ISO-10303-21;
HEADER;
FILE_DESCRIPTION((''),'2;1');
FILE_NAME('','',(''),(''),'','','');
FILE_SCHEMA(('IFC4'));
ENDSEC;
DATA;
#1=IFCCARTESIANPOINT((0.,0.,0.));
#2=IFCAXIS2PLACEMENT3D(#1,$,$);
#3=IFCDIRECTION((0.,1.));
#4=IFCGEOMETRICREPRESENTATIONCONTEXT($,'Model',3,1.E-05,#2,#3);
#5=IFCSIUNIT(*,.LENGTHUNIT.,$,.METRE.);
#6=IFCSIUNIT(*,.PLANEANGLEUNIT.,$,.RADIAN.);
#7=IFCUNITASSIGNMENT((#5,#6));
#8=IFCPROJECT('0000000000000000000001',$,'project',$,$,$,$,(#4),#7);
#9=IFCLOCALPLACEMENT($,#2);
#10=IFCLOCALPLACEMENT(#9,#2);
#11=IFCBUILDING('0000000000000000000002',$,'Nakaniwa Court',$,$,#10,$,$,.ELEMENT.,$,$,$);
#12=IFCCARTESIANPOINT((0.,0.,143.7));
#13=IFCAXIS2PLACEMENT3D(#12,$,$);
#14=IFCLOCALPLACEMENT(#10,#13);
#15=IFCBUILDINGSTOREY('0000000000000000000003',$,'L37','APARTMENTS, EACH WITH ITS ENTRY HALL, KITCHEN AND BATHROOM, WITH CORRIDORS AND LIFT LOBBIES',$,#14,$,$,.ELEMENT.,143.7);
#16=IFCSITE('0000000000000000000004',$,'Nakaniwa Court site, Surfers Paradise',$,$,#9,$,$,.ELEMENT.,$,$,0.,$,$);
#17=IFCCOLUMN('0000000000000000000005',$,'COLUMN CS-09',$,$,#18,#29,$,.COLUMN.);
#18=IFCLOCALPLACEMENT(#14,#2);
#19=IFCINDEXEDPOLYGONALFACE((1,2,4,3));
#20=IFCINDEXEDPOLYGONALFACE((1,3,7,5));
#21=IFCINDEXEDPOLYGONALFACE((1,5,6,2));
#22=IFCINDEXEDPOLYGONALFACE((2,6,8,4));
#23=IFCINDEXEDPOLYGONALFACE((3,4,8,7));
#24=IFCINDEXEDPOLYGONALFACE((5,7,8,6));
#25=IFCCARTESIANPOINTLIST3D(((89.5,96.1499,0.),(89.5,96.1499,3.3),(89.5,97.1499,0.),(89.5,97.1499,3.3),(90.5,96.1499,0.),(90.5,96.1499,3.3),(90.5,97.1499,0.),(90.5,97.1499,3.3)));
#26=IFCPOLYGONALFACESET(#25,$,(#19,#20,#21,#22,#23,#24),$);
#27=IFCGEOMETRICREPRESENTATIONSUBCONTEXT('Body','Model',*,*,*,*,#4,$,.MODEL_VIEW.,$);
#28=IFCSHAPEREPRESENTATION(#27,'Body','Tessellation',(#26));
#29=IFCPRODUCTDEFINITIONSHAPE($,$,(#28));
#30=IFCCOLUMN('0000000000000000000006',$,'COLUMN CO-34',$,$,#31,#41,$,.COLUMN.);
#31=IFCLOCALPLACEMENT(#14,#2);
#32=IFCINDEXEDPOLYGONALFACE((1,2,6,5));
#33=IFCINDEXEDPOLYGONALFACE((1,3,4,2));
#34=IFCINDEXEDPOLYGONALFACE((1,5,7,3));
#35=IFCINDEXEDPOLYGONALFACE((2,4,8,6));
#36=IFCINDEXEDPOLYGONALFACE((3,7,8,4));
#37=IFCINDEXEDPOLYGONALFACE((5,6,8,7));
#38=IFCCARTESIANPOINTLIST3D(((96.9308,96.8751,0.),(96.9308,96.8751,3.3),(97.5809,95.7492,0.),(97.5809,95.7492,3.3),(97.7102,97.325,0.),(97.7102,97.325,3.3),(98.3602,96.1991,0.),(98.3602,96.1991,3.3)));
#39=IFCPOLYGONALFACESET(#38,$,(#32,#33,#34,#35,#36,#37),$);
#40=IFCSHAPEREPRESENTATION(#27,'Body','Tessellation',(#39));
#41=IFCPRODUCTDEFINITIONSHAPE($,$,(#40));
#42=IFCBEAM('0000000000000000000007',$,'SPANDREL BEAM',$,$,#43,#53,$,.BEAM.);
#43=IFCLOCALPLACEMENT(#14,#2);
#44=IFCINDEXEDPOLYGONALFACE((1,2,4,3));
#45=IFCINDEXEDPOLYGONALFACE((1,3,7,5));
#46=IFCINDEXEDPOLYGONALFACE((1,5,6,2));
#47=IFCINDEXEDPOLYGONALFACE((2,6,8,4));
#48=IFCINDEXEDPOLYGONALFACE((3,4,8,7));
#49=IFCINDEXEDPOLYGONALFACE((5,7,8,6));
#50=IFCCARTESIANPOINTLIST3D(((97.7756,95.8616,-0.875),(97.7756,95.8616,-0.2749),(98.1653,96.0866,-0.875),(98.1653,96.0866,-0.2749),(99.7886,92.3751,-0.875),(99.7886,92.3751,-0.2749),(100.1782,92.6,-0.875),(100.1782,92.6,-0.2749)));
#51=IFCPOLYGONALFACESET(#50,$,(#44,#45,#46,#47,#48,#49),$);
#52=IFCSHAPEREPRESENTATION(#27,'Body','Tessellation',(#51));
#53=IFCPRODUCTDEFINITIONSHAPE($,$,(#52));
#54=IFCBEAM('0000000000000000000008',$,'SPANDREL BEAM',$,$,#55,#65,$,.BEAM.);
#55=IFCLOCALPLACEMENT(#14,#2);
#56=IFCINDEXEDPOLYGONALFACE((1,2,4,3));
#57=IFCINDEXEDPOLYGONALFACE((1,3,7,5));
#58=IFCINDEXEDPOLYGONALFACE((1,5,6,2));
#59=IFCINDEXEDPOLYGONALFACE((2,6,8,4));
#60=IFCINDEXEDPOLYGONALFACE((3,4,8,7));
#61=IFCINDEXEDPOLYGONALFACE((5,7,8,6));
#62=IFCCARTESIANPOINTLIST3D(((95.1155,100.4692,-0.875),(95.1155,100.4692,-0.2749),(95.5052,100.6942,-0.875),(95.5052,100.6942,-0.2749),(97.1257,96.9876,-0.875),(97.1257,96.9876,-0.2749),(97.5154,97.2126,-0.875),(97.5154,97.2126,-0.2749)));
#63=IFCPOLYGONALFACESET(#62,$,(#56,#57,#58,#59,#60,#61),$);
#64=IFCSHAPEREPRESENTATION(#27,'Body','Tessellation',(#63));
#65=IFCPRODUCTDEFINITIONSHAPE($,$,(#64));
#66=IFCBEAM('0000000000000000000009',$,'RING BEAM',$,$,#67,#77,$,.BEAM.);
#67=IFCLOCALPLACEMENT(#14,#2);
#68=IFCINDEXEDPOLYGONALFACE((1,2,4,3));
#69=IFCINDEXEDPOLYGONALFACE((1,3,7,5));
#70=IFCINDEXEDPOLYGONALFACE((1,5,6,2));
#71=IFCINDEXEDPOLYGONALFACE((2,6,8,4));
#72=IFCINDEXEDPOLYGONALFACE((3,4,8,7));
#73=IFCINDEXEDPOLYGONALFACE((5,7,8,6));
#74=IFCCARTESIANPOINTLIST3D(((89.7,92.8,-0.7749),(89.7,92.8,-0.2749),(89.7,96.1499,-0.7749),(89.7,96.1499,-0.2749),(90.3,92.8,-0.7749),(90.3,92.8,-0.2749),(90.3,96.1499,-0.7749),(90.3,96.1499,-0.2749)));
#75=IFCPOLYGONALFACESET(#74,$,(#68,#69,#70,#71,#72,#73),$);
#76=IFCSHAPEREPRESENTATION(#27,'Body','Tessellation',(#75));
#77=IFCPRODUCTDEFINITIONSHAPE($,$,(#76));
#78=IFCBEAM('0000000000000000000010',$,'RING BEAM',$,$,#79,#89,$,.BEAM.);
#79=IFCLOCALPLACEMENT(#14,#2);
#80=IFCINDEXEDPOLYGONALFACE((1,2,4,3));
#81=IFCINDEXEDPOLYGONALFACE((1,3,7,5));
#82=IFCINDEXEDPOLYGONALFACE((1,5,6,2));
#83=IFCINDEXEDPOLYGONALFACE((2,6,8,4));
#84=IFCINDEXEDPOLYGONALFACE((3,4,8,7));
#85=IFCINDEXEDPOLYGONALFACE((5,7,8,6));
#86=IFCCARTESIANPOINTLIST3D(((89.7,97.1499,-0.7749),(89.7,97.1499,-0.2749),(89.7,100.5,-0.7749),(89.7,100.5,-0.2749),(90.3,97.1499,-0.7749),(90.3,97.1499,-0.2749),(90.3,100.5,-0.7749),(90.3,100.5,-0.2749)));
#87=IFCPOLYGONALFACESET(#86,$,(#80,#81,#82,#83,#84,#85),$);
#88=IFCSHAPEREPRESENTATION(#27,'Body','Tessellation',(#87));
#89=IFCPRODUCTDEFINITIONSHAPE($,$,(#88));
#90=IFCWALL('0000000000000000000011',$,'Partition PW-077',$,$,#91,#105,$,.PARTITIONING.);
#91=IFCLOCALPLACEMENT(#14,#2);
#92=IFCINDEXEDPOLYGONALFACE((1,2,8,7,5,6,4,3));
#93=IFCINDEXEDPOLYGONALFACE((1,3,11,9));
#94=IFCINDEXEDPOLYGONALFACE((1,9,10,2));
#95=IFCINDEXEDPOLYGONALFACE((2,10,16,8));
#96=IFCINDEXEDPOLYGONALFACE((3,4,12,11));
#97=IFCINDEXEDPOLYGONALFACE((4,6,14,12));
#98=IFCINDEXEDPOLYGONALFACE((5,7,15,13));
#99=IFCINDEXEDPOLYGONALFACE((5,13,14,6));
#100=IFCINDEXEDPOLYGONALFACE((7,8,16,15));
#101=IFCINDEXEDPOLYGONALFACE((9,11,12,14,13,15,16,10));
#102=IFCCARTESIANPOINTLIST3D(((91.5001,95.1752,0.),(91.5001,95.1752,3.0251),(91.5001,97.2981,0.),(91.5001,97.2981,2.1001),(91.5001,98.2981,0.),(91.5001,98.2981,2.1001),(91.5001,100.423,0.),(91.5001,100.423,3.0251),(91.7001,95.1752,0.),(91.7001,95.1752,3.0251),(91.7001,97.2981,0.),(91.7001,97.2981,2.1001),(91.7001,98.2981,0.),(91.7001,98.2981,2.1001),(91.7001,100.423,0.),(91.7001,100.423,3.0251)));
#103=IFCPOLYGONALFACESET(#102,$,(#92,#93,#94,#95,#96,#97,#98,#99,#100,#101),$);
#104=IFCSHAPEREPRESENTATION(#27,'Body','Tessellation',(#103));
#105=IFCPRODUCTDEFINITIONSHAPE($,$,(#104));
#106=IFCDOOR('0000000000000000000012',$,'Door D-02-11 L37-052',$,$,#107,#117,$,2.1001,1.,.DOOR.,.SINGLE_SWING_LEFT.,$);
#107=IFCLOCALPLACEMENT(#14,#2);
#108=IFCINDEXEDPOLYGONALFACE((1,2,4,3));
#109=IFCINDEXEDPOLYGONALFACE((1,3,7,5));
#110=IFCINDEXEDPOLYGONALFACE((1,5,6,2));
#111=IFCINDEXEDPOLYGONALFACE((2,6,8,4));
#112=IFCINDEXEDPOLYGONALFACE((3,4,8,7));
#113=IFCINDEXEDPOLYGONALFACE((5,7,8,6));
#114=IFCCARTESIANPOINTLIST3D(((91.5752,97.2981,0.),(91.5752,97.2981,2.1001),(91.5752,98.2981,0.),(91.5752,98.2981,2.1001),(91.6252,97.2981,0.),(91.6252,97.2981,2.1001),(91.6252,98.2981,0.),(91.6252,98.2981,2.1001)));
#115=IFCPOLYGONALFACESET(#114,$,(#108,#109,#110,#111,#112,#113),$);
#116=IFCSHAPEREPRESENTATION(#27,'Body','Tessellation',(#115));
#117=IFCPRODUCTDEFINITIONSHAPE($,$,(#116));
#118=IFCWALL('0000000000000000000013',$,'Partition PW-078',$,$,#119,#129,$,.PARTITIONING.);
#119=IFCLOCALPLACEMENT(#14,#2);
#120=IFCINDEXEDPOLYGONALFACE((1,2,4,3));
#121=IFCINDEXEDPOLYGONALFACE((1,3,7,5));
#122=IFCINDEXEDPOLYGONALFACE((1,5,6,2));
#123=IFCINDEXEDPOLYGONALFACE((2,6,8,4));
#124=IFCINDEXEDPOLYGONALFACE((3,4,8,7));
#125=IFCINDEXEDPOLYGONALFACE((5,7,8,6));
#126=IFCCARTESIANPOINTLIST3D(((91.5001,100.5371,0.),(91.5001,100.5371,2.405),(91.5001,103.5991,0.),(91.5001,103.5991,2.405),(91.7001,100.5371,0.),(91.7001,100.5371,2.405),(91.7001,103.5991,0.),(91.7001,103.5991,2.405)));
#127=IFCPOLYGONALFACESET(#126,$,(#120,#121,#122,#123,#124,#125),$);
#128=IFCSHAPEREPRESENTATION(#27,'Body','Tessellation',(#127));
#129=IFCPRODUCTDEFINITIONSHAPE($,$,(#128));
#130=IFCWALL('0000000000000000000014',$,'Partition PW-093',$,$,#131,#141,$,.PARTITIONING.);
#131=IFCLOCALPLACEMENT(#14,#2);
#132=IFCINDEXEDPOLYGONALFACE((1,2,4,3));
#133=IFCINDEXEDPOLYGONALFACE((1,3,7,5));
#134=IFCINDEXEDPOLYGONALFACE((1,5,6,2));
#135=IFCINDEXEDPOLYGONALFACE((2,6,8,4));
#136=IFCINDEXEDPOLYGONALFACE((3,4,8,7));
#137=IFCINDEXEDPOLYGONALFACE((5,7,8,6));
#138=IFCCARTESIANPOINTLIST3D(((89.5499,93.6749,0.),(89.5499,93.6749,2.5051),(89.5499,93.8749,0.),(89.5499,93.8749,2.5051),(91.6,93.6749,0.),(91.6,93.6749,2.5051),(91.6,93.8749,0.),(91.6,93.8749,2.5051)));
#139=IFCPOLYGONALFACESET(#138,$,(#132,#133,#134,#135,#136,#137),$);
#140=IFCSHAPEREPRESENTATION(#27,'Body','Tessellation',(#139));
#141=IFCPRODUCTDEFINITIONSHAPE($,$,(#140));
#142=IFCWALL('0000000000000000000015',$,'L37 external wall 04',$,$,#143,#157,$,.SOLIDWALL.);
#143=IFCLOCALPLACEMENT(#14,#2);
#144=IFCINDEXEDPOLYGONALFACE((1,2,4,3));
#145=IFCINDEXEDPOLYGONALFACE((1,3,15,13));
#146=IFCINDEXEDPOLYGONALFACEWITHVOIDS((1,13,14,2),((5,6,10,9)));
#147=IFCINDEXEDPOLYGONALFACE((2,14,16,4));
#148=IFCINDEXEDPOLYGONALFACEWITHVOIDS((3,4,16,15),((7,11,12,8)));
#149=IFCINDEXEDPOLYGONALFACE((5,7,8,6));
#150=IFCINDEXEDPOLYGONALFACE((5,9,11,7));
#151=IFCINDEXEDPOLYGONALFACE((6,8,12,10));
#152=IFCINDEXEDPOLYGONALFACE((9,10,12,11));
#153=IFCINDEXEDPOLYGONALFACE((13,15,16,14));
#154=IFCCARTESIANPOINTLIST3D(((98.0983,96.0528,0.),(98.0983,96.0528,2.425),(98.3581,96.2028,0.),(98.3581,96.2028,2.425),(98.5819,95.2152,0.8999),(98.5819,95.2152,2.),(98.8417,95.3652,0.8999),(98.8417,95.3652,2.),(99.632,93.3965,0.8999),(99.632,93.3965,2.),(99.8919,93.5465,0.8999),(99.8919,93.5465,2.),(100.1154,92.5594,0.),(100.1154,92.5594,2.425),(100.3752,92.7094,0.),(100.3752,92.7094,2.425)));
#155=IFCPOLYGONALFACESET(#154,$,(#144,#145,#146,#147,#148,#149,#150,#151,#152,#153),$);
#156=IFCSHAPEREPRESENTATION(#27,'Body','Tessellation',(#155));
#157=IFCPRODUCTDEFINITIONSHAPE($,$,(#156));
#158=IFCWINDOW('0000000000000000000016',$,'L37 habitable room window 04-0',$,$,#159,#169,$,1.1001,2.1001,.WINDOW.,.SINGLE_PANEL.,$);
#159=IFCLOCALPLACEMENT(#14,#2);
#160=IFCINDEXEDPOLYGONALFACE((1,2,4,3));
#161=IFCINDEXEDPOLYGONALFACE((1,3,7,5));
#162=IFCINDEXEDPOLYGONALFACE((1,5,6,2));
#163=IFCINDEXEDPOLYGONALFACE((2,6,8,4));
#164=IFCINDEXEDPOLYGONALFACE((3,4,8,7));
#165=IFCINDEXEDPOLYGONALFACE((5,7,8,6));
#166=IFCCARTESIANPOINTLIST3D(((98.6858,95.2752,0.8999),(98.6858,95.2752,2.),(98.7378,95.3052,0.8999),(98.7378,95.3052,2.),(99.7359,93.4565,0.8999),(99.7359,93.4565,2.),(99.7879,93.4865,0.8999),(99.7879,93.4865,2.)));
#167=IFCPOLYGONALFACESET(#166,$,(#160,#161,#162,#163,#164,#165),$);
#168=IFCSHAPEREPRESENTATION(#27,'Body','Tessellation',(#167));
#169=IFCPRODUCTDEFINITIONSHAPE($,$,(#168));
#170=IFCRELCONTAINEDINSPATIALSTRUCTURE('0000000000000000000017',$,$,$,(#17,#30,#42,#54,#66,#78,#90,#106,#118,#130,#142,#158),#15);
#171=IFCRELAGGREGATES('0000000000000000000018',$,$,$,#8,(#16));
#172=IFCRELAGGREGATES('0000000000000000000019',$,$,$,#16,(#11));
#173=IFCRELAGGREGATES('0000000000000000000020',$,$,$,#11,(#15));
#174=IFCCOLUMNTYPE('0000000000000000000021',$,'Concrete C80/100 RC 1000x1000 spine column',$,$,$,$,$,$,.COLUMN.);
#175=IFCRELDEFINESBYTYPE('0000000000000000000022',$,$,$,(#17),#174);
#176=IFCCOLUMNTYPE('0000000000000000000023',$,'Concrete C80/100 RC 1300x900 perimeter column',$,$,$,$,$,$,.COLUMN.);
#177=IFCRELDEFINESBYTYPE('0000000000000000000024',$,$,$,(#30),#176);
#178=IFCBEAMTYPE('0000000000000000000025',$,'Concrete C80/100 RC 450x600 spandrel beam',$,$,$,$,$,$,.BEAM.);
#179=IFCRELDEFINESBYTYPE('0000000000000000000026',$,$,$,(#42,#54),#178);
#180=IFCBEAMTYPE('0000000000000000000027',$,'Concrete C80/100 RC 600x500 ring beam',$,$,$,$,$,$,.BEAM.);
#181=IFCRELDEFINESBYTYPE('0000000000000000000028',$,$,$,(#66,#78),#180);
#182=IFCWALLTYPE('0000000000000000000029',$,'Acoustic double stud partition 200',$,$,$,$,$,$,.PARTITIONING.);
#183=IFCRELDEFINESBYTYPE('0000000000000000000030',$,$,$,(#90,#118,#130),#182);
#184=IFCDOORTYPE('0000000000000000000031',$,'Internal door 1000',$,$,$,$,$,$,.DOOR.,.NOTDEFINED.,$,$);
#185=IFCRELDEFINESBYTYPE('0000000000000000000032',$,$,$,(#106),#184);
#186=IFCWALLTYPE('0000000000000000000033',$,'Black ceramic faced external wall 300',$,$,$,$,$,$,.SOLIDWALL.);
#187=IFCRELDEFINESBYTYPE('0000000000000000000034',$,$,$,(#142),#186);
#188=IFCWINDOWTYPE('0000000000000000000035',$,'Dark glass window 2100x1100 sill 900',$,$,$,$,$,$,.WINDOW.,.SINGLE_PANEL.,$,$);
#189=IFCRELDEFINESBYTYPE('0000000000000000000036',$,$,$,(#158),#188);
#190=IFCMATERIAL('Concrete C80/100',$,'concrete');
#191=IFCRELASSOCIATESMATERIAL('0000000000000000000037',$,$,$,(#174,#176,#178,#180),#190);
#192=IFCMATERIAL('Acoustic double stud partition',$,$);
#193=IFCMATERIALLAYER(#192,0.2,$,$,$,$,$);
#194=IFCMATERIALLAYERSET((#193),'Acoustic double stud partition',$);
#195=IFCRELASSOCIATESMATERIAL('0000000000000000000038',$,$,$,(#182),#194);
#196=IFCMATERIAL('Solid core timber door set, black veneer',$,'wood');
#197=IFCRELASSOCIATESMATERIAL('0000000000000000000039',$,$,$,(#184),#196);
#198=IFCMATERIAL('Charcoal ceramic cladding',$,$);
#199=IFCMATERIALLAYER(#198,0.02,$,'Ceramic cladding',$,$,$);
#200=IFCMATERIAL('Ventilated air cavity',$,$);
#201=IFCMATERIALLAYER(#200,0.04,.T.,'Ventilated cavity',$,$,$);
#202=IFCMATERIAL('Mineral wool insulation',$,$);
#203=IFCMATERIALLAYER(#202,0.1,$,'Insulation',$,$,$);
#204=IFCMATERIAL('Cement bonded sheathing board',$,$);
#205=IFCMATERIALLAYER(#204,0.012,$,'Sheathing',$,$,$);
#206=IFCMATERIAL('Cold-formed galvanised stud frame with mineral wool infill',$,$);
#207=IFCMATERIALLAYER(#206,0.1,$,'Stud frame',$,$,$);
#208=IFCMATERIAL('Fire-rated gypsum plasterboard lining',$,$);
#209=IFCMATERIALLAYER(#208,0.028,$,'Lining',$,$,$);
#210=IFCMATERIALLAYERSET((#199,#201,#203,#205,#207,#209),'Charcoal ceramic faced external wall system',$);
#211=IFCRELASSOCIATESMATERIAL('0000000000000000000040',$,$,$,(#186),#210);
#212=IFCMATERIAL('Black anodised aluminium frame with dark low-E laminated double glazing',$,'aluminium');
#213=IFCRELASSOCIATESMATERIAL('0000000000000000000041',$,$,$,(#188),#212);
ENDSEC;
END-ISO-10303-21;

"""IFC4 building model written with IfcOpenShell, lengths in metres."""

from ifc_helpers import new_model, si_unit, direction, frame, frame_2d, origin, origin_2d, place, context, subcontext, project, spatial, rectangle, extrude, material, layer, layer_set, material_profile, profile_set, type_object, element, fill, save


model = new_model("IFC4")

# Units and contexts
model_context = context("Model", 3, precision=1e-05, world=origin(), true_north=direction((0.0, 1.0)))
body_context = subcontext(model_context, "Body", "Model", "MODEL_VIEW")
ifc_project = project(units=[si_unit("LENGTHUNIT", "METRE"), si_unit("PLANEANGLEUNIT", "RADIAN")], contexts=[model_context])

# Site, building, storey
site_placement = place(None, origin())
site = spatial("IfcSite", under=ifc_project, at=site_placement, Name="Nakaniwa Court site, Surfers Paradise", CompositionType="ELEMENT", RefElevation=0.0)
building_placement = place(site_placement, origin())
building = spatial("IfcBuilding", under=site, at=building_placement, Name="Nakaniwa Court", CompositionType="ELEMENT")
storey_placement = place(building_placement, frame((0.0, 0.0, 143.7)))
storey = spatial("IfcBuildingStorey", under=building, at=storey_placement, Name="L37", Description="APARTMENTS, EACH WITH ITS ENTRY HALL, KITCHEN AND BATHROOM, WITH CORRIDORS AND LIFT LOBBIES", CompositionType="ELEMENT", Elevation=143.7)

# Columns
ifc_material_1 = material(Name="Concrete C80/100", Category="concrete")
ifc_material_profile_1 = material_profile(ifc_material_1, rectangle(XDim=1.0, YDim=1.0, at=origin_2d()), Name="Concrete C80/100 RC 1000x1000 spine column")
ifc_profile_set_1 = profile_set([ifc_material_profile_1], Name="Concrete C80/100")
column_type_1 = type_object("IfcColumnType", Name="Concrete C80/100 RC 1000x1000 spine column", PredefinedType="COLUMN", material=ifc_profile_set_1)
column_1_placement = place(storey_placement, frame((90.0, 96.6499, 0.0), z_axis=(0.0, 0.0, 1.0), x_axis=(0.0, 1.0, 0.0)))
element("IfcColumn", 1, at=column_1_placement, inside=storey, type_object=column_type_1, Name="COLUMN CS-09", PredefinedType="COLUMN", context=body_context, shape_type="SweptSolid", body=[
    extrude(rectangle(XDim=1.0, YDim=1.0, at=origin_2d()), origin(), (0.0, 0.0, 1.0), 3.3),
])
ifc_material_profile_2 = material_profile(ifc_material_1, rectangle(XDim=1.3, YDim=0.8999, at=origin_2d()), Name="Concrete C80/100 RC 1300x900 perimeter column")
ifc_profile_set_2 = profile_set([ifc_material_profile_2], Name="Concrete C80/100")
column_type_2 = type_object("IfcColumnType", Name="Concrete C80/100 RC 1300x900 perimeter column", PredefinedType="COLUMN", material=ifc_profile_set_2)
column_2_placement = place(storey_placement, frame((97.6455, 96.5371, 0.0), z_axis=(0.0, 0.0, 1.0), x_axis=(-0.5, 0.866025, 0.0)))
element("IfcColumn", 2, at=column_2_placement, inside=storey, type_object=column_type_2, Name="COLUMN CO-34", PredefinedType="COLUMN", context=body_context, shape_type="SweptSolid", body=[
    extrude(rectangle(XDim=1.3, YDim=0.8999, at=origin_2d()), origin(), (0.0, 0.0, 1.0), 3.3),
])

# Beams
ifc_material_profile_3 = material_profile(ifc_material_1, rectangle(XDim=0.45, YDim=0.6001, at=origin_2d()), Name="Concrete C80/100 RC 450x600 spandrel beam")
ifc_profile_set_3 = profile_set([ifc_material_profile_3], Name="Concrete C80/100")
beam_type_1 = type_object("IfcBeamType", Name="Concrete C80/100 RC 450x600 spandrel beam", PredefinedType="BEAM", material=ifc_profile_set_3)
beam_1_placement = place(storey_placement, frame((99.9834, 92.4875, -0.575), z_axis=(-0.499994, 0.866029, 0.0), x_axis=(-0.866029, -0.499994, 0.0)))
element("IfcBeam", 3, at=beam_1_placement, inside=storey, type_object=beam_type_1, Name="SPANDREL BEAM", PredefinedType="BEAM", context=body_context, shape_type="SweptSolid", body=[
    extrude(rectangle(XDim=0.45, YDim=0.6001, at=origin_2d()), origin(), (0.0, 0.0, 1.0), 4.0259),
])
beam_2_placement = place(storey_placement, frame((97.3206, 97.1001, -0.575), z_axis=(-0.500019, 0.866015, 0.0), x_axis=(-0.866015, -0.500019, 0.0)))
element("IfcBeam", 4, at=beam_2_placement, inside=storey, type_object=beam_type_1, Name="SPANDREL BEAM", PredefinedType="BEAM", context=body_context, shape_type="SweptSolid", body=[
    extrude(rectangle(XDim=0.45, YDim=0.6001, at=origin_2d()), origin(), (0.0, 0.0, 1.0), 4.0203),
])
ifc_material_profile_4 = material_profile(ifc_material_1, rectangle(XDim=0.6001, YDim=0.5, at=origin_2d()), Name="Concrete C80/100 RC 600x500 ring beam")
ifc_profile_set_4 = profile_set([ifc_material_profile_4], Name="Concrete C80/100")
beam_type_2 = type_object("IfcBeamType", Name="Concrete C80/100 RC 600x500 ring beam", PredefinedType="BEAM", material=ifc_profile_set_4)
beam_3_placement = place(storey_placement, frame((90.0, 92.8, -0.5249), z_axis=(0.0, 1.0, 0.0), x_axis=(-1.0, 0.0, 0.0)))
element("IfcBeam", 5, at=beam_3_placement, inside=storey, type_object=beam_type_2, Name="RING BEAM", PredefinedType="BEAM", context=body_context, shape_type="SweptSolid", body=[
    extrude(rectangle(XDim=0.6001, YDim=0.5, at=origin_2d()), origin(), (0.0, 0.0, 1.0), 3.3499),
])
beam_4_placement = place(storey_placement, frame((90.0, 97.1499, -0.5249), z_axis=(0.0, 1.0, 0.0), x_axis=(-1.0, 0.0, 0.0)))
element("IfcBeam", 6, at=beam_4_placement, inside=storey, type_object=beam_type_2, Name="RING BEAM", PredefinedType="BEAM", context=body_context, shape_type="SweptSolid", body=[
    extrude(rectangle(XDim=0.6001, YDim=0.5, at=origin_2d()), origin(), (0.0, 0.0, 1.0), 3.3501),
])

# Wall, opening, door
ifc_material_2 = material(Name="Acoustic double stud partition")
ifc_layer_1 = layer(ifc_material_2, 0.2)
ifc_layer_set_1 = layer_set([ifc_layer_1], Name="Acoustic double stud partition")
wall_type_1 = type_object("IfcWallType", Name="Acoustic double stud partition 200", PredefinedType="PARTITIONING", material=ifc_layer_set_1)
wall_1_placement = place(storey_placement, frame((91.6001, 95.175, 0.0), z_axis=(0.0, 0.0, 1.0), x_axis=(0.0, 1.0, 0.0)))
wall_1 = element("IfcWall", 7, at=wall_1_placement, inside=storey, type_object=wall_type_1, Name="Partition PW-077", PredefinedType="PARTITIONING", context=body_context, shape_type="SweptSolid", body=[
    extrude(rectangle(XDim=5.2478, YDim=0.2, at=frame_2d((2.624, 0.0))), origin(), (0.0, 0.0, 1.0), 3.0251),
])
opening_1_placement = place(wall_1_placement, frame((2.123, 0.0, 0.0)))
opening_1 = element("IfcOpeningElement", 8, at=opening_1_placement, cuts=wall_1, PredefinedType="OPENING", context=body_context, shape_type="SweptSolid", body=[
    extrude(rectangle(XDim=1.0, YDim=2.1001, at=frame_2d((0.5, 1.05))), frame((0.0, 0.1099, 0.0), z_axis=(0.0, -1.0, 0.0), x_axis=(1.0, 0.0, 0.0)), (0.0, 0.0, 1.0), 0.22),
])
ifc_material_3 = material(Name="Solid core timber door set, black veneer", Category="wood")
door_type = type_object("IfcDoorType", Name="Internal door 1000", OperationType="NOTDEFINED", PredefinedType="DOOR", material=ifc_material_3)
door_placement = place(opening_1_placement, origin())
door = element("IfcDoor", 9, at=door_placement, inside=storey, type_object=door_type, Name="Door D-02-11 L37-052", OperationType="SINGLE_SWING_LEFT", OverallHeight=2.1001, OverallWidth=1.0, PredefinedType="DOOR", context=body_context, shape_type="SweptSolid", body=[
    extrude(rectangle(XDim=1.0, YDim=2.1001, at=frame_2d((0.5, 1.05))), frame((0.0, 0.0249, 0.0), z_axis=(0.0, -1.0, 0.0), x_axis=(1.0, 0.0, 0.0)), (0.0, 0.0, 1.0), 0.05),
])
fill(opening_1, door)

# Walls
wall_2_placement = place(storey_placement, frame((91.6001, 100.5371, 0.0), z_axis=(0.0, 0.0, 1.0), x_axis=(0.0, 1.0, 0.0)))
element("IfcWall", 10, at=wall_2_placement, inside=storey, type_object=wall_type_1, Name="Partition PW-078", PredefinedType="PARTITIONING", context=body_context, shape_type="SweptSolid", body=[
    extrude(rectangle(XDim=3.062, YDim=0.2, at=frame_2d((1.531, 0.0))), origin(), (0.0, 0.0, 1.0), 2.405),
])
wall_3_placement = place(storey_placement, frame((89.55, 93.7749, 0.0), z_axis=(0.0, 0.0, 1.0), x_axis=(1.0, 0.0, 0.0)))
element("IfcWall", 11, at=wall_3_placement, inside=storey, type_object=wall_type_1, Name="Partition PW-093", PredefinedType="PARTITIONING", context=body_context, shape_type="SweptSolid", body=[
    extrude(rectangle(XDim=2.05, YDim=0.2, at=frame_2d((1.0249, 0.0))), origin(), (0.0, 0.0, 1.0), 2.5051),
])

# Wall, opening, window
ifc_material_4 = material(Name="Charcoal ceramic cladding")
ifc_layer_2 = layer(ifc_material_4, 0.02, Name="Ceramic cladding")
ifc_material_5 = material(Name="Ventilated air cavity")
ifc_layer_3 = layer(ifc_material_5, 0.04, ventilated=True, Name="Ventilated cavity")
ifc_material_6 = material(Name="Mineral wool insulation")
ifc_layer_4 = layer(ifc_material_6, 0.1, Name="Insulation")
ifc_material_7 = material(Name="Cement bonded sheathing board")
ifc_layer_5 = layer(ifc_material_7, 0.012, Name="Sheathing")
ifc_material_8 = material(Name="Cold-formed galvanised stud frame with mineral wool infill")
ifc_layer_6 = layer(ifc_material_8, 0.1, Name="Stud frame")
ifc_material_9 = material(Name="Fire-rated gypsum plasterboard lining")
ifc_layer_7 = layer(ifc_material_9, 0.028, Name="Lining")
ifc_layer_set_2 = layer_set([ifc_layer_2, ifc_layer_3, ifc_layer_4, ifc_layer_5, ifc_layer_6, ifc_layer_7], Name="Charcoal ceramic faced external wall system")
wall_type_2 = type_object("IfcWallType", Name="Black ceramic faced external wall 300", PredefinedType="SOLIDWALL", material=ifc_layer_set_2)
wall_4_placement = place(storey_placement, frame((100.2454, 92.6343, 0.0), z_axis=(0.0, 0.0, 1.0), x_axis=(-0.500032, 0.866007, 0.0)))
wall_4 = element("IfcWall", 12, at=wall_4_placement, inside=storey, type_object=wall_type_2, Name="L37 external wall 04", PredefinedType="SOLIDWALL", context=body_context, shape_type="SweptSolid", body=[
    extrude(rectangle(XDim=4.0339, YDim=0.3, at=frame_2d((2.0171, 0.0))), origin(), (0.0, 0.0, 1.0), 2.425),
])
opening_2_placement = place(wall_4_placement, frame((0.9668, 0.0, 0.8999)))
opening_2 = element("IfcOpeningElement", 13, at=opening_2_placement, cuts=wall_4, PredefinedType="OPENING", context=body_context, shape_type="SweptSolid", body=[
    extrude(rectangle(XDim=2.1001, YDim=1.1001, at=frame_2d((1.05, 0.55))), frame((0.0, 0.1599, 0.0), z_axis=(0.0, -1.0, 0.0), x_axis=(1.0, 0.0, 0.0)), (0.0, 0.0, 1.0), 0.3201),
])
ifc_material_10 = material(Name="Black anodised aluminium frame with dark low-E laminated double glazing", Category="aluminium")
window_type = type_object("IfcWindowType", Name="Dark glass window 2100x1100 sill 900", PartitioningType="SINGLE_PANEL", PredefinedType="WINDOW", material=ifc_material_10)
window_1_placement = place(opening_2_placement, origin())
window_1 = element("IfcWindow", 14, at=window_1_placement, inside=storey, type_object=window_type, Name="L37 habitable room window 04-0", OverallHeight=1.1001, OverallWidth=2.1001, PartitioningType="SINGLE_PANEL", PredefinedType="WINDOW", context=body_context, shape_type="SweptSolid", body=[
    extrude(rectangle(XDim=2.1001, YDim=1.1001, at=frame_2d((1.05, 0.55))), frame((0.0, 0.03, 0.0), z_axis=(0.0, -1.0, 0.0), x_axis=(1.0, 0.0, 0.0)), (0.0, 0.0, 1.0), 0.0601),
])
fill(opening_2, window_1)

save(model, "model.ifc")
